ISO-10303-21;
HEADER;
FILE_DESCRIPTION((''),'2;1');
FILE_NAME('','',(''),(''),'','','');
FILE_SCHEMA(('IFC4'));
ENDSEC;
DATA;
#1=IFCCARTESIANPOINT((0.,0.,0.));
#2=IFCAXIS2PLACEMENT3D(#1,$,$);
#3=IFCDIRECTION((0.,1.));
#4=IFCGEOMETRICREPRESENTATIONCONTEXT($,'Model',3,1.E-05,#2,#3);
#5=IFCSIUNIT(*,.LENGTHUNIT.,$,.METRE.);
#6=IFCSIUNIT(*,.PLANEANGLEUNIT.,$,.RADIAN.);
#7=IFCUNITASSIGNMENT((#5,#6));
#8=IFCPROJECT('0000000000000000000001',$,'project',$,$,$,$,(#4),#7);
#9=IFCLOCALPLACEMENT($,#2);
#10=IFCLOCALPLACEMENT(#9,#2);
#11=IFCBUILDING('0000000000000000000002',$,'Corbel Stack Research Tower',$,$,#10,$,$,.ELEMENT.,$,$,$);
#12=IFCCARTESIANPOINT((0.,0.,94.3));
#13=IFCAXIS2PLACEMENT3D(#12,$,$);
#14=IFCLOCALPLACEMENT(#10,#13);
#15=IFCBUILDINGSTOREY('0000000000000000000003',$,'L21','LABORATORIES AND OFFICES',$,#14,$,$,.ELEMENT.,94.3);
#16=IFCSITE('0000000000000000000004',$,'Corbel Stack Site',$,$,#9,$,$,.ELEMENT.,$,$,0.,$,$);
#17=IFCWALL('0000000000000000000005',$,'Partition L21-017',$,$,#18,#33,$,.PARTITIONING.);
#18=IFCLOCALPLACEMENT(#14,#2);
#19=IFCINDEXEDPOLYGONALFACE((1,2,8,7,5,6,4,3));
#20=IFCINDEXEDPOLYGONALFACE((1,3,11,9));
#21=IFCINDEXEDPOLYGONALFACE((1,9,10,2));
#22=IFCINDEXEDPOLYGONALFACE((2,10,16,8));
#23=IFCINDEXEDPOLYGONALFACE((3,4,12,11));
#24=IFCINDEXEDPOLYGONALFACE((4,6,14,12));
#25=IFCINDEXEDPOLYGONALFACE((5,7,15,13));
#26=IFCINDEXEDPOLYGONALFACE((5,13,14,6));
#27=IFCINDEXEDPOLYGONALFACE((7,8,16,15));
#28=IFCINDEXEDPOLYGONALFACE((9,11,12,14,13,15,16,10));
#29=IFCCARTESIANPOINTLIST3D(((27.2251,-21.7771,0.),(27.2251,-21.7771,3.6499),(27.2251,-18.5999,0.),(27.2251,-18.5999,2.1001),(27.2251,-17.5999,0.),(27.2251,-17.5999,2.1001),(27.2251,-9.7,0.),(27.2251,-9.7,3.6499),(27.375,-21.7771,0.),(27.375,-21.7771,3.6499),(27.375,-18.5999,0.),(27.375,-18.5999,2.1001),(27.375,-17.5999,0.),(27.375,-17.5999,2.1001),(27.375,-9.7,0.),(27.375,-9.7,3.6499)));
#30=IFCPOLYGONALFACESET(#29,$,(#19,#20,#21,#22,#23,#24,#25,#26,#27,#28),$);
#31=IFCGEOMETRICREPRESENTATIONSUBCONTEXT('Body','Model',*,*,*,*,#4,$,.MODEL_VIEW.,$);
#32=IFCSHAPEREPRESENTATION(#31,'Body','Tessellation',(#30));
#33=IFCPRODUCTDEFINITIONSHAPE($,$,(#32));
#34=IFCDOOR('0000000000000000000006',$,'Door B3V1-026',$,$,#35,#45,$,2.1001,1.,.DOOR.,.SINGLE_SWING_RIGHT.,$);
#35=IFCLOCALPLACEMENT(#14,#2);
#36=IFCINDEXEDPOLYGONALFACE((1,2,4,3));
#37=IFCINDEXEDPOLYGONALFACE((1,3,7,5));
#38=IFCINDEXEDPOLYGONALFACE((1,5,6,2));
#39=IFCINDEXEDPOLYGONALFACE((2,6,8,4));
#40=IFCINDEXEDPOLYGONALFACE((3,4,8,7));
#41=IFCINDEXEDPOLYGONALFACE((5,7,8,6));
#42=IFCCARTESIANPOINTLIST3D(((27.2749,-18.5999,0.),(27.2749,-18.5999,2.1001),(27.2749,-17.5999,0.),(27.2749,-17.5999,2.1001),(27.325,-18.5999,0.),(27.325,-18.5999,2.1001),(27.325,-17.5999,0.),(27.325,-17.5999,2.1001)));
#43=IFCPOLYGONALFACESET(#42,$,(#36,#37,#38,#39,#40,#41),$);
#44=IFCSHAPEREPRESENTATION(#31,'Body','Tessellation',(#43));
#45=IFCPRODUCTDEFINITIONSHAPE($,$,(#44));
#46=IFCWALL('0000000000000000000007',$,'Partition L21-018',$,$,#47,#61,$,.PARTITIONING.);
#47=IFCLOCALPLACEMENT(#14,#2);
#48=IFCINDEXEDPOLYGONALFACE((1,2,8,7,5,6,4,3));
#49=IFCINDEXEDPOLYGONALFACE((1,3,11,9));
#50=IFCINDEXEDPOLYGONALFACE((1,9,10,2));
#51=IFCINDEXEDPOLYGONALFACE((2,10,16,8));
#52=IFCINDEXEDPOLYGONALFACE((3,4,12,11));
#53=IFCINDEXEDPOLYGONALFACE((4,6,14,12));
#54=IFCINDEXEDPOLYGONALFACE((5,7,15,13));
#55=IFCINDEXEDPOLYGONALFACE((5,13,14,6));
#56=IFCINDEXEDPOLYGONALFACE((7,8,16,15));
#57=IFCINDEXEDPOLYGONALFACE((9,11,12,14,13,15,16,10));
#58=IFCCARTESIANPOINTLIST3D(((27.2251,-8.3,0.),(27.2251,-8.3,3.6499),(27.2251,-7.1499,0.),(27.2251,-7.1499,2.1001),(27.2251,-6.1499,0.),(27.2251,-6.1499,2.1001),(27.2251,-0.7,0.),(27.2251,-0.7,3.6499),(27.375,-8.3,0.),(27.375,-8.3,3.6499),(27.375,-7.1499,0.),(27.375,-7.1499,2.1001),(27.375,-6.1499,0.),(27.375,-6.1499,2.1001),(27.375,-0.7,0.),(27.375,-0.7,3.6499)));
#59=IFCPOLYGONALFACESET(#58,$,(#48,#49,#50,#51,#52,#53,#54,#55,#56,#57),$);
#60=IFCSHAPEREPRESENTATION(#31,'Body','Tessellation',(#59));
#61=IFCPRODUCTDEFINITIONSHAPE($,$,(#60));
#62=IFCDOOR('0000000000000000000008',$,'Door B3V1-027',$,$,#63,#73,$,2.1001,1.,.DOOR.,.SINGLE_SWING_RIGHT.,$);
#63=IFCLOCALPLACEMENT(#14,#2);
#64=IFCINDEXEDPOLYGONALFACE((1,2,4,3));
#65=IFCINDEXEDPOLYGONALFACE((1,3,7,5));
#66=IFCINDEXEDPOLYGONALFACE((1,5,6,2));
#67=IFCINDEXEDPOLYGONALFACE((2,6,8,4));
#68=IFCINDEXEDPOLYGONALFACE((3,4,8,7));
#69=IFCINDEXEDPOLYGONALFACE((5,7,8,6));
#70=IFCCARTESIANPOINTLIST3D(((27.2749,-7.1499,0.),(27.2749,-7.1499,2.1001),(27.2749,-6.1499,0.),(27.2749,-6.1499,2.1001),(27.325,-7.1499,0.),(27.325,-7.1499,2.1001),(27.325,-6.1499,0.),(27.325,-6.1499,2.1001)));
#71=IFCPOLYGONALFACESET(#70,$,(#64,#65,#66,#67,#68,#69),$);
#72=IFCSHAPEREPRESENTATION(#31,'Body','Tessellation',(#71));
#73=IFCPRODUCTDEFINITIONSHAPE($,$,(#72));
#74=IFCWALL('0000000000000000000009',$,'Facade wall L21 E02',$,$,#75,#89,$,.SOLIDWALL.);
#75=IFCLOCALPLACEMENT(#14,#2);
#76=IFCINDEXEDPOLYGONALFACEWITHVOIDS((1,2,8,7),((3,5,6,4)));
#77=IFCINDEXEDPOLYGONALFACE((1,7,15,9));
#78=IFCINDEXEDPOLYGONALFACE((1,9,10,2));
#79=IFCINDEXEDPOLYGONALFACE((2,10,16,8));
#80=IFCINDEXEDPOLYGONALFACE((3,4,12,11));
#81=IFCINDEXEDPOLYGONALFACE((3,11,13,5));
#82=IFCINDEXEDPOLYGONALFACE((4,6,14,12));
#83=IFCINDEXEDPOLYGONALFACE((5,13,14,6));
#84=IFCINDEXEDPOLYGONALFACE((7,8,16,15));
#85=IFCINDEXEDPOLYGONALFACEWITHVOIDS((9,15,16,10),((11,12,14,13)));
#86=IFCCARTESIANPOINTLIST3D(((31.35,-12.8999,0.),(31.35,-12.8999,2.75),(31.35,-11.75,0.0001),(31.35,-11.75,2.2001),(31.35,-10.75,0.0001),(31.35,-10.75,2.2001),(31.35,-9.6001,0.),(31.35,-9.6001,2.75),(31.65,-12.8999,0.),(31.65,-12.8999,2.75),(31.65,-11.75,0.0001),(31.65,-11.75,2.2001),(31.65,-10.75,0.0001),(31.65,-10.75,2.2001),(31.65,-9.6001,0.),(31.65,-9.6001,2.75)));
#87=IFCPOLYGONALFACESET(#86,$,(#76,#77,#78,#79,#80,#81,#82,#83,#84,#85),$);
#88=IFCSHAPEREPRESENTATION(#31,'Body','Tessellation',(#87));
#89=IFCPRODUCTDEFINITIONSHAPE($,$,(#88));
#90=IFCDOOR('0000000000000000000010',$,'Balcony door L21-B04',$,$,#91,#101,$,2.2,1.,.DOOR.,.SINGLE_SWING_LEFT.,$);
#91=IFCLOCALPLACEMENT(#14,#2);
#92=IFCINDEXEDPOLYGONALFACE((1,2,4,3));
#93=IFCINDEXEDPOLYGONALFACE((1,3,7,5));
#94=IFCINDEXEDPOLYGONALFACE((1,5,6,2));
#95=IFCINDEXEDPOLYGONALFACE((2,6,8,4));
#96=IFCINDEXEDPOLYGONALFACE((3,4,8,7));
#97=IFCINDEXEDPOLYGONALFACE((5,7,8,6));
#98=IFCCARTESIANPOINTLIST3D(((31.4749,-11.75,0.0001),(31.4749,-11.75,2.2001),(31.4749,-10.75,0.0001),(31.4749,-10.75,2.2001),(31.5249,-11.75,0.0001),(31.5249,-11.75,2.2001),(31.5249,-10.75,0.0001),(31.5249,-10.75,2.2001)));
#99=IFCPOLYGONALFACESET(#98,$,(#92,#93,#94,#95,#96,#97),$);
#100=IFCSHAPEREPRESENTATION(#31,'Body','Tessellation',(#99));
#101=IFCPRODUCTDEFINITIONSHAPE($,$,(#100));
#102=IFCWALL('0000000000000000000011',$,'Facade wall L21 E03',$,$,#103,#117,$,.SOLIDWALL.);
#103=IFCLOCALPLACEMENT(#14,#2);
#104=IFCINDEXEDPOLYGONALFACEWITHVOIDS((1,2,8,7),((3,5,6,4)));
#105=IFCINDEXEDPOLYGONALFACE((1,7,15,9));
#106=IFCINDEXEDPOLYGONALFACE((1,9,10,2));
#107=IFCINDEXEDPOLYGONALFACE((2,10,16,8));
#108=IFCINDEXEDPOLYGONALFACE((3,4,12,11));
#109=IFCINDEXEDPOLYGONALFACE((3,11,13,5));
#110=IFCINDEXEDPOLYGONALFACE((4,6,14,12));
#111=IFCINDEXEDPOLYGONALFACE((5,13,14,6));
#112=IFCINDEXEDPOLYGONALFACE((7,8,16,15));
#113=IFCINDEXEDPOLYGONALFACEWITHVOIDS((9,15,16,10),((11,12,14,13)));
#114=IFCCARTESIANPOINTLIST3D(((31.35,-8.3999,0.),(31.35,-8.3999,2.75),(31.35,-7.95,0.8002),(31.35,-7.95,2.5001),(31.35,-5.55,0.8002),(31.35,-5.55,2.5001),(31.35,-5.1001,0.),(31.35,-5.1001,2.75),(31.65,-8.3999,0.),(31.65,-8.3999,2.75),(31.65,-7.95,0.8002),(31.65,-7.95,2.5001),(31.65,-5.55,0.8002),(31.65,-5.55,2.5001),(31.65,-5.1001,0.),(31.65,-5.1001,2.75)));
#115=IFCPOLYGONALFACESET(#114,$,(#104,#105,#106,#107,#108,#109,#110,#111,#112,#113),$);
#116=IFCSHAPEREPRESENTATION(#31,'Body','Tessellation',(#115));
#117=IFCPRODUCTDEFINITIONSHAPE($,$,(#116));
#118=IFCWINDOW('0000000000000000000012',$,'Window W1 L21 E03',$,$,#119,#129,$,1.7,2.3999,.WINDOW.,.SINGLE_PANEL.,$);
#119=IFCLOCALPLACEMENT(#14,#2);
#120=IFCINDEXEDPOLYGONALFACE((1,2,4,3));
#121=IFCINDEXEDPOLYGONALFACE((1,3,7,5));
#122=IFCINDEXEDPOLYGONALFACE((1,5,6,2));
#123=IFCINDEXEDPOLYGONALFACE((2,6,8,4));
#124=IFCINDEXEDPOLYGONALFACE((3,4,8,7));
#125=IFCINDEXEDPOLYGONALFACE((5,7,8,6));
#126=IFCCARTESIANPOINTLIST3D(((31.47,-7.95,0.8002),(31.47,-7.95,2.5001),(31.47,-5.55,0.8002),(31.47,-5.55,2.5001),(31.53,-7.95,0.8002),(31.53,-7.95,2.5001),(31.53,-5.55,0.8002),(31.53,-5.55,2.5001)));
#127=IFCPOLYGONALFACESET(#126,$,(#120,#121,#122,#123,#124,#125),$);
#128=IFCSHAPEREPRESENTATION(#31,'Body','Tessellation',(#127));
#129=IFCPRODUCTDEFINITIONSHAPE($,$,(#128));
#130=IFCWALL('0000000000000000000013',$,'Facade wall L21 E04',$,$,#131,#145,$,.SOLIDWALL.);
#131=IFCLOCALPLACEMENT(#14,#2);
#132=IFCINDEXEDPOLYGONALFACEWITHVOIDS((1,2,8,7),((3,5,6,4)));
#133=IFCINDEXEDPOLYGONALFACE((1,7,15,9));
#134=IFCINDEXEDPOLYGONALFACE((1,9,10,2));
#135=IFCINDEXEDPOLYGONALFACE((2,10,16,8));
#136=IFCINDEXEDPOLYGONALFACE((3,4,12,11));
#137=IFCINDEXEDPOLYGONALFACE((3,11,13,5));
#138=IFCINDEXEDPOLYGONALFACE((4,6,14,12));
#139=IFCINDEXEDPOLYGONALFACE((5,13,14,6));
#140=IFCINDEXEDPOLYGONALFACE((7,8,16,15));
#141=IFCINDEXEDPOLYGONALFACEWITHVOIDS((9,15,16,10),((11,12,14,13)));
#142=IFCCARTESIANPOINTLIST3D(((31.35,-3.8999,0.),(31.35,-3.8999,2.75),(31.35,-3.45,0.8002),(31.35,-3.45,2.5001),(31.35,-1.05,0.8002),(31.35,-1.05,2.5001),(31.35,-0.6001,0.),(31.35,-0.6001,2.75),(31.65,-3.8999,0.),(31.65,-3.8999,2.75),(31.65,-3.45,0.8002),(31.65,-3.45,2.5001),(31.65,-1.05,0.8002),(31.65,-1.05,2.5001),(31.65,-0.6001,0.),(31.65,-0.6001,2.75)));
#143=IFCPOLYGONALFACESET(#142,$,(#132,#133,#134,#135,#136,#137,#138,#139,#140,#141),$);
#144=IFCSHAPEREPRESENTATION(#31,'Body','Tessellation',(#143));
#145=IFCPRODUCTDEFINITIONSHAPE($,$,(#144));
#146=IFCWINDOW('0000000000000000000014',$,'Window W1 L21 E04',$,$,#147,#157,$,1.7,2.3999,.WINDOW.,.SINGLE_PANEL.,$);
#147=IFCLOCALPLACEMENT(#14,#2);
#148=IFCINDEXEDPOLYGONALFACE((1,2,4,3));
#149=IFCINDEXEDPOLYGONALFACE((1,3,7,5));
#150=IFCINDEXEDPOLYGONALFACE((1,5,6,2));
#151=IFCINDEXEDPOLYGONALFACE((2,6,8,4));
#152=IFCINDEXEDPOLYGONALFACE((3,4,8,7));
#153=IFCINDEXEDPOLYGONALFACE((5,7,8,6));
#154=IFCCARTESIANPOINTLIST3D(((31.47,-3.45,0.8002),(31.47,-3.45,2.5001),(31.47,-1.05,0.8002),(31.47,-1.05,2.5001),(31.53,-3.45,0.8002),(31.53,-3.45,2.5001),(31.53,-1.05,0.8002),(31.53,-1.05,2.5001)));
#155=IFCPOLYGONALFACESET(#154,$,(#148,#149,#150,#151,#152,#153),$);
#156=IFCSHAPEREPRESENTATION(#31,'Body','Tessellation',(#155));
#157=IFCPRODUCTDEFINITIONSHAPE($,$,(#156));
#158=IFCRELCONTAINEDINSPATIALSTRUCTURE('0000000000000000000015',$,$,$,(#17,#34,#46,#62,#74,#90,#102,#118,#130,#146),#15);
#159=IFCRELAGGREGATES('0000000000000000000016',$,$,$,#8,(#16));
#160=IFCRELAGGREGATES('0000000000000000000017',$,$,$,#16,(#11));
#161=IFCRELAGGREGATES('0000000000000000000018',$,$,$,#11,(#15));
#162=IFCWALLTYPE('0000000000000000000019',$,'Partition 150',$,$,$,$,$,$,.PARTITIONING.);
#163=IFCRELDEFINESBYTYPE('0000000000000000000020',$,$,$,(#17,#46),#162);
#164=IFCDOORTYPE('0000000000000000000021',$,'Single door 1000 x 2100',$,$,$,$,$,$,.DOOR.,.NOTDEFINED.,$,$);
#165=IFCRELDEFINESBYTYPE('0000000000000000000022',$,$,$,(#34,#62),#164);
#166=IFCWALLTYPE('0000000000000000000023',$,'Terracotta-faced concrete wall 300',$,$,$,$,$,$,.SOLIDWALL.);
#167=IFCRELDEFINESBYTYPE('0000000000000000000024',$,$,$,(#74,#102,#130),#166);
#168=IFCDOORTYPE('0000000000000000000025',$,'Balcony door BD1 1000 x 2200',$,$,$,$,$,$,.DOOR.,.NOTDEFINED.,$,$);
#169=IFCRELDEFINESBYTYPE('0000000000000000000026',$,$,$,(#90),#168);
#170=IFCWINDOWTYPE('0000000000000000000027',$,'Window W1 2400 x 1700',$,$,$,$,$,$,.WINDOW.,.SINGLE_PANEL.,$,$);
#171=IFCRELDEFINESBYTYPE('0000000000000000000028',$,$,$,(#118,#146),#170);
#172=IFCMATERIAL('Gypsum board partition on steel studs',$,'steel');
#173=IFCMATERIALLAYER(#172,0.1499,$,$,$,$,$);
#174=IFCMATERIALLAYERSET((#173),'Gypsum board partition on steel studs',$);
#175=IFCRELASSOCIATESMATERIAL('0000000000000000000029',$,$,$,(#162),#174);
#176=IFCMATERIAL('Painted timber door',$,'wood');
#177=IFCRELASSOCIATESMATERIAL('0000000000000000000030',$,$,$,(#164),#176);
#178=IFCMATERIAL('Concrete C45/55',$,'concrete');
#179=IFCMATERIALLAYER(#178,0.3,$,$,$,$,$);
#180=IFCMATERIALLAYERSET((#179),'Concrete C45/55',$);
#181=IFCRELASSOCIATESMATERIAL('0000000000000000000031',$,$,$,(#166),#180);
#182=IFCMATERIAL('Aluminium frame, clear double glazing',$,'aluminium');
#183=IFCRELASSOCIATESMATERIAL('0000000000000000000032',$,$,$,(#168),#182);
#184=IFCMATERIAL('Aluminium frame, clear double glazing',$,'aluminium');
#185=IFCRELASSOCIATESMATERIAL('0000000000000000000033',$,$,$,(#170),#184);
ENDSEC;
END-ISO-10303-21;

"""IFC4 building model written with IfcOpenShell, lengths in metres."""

from ifc_helpers import new_model, si_unit, direction, frame, frame_2d, origin, place, context, subcontext, project, spatial, rectangle, extrude, material, layer, layer_set, type_object, element, fill, save


model = new_model("IFC4")

# Units and contexts
model_context = context("Model", 3, precision=1e-05, world=origin(), true_north=direction((0.0, 1.0)))
body_context = subcontext(model_context, "Body", "Model", "MODEL_VIEW")
ifc_project = project(units=[si_unit("LENGTHUNIT", "METRE"), si_unit("PLANEANGLEUNIT", "RADIAN")], contexts=[model_context])

# Site, building, storey
site_placement = place(None, origin())
site = spatial("IfcSite", under=ifc_project, at=site_placement, Name="Corbel Stack Site", CompositionType="ELEMENT", RefElevation=0.0)
building_placement = place(site_placement, origin())
building = spatial("IfcBuilding", under=site, at=building_placement, Name="Corbel Stack Research Tower", CompositionType="ELEMENT")
storey_placement = place(building_placement, frame((0.0, 0.0, 94.3)))
storey = spatial("IfcBuildingStorey", under=building, at=storey_placement, Name="L21", Description="LABORATORIES AND OFFICES", CompositionType="ELEMENT", Elevation=94.3)

# Walls, openings, doors
ifc_material_1 = material(Name="Gypsum board partition on steel studs", Category="steel")
ifc_layer_1 = layer(ifc_material_1, 0.1499)
ifc_layer_set_1 = layer_set([ifc_layer_1], Name="Gypsum board partition on steel studs")
wall_type_1 = type_object("IfcWallType", Name="Partition 150", PredefinedType="PARTITIONING", material=ifc_layer_set_1)
wall_1_placement = place(storey_placement, frame((27.3, -9.7, 0.0), z_axis=(0.0, 0.0, 1.0), x_axis=(0.0, -1.0, 0.0)))
wall_1 = element("IfcWall", 1, at=wall_1_placement, inside=storey, type_object=wall_type_1, Name="Partition L21-017", PredefinedType="PARTITIONING", context=body_context, shape_type="SweptSolid", body=[
    extrude(rectangle(XDim=12.0771, YDim=0.1499, at=frame_2d((6.0386, 0.0))), origin(), (0.0, 0.0, 1.0), 3.6499),
])
opening_1_placement = place(wall_1_placement, frame((7.8999, 0.0, 0.0)))
opening_1 = element("IfcOpeningElement", 2, at=opening_1_placement, cuts=wall_1, PredefinedType="OPENING", context=body_context, shape_type="SweptSolid", body=[
    extrude(rectangle(XDim=1.0, YDim=2.1001, at=frame_2d((0.5, 1.05))), frame((0.0, 0.085, 0.0), z_axis=(0.0, -1.0, 0.0), x_axis=(1.0, 0.0, 0.0)), (0.0, 0.0, 1.0), 0.1699),
])
ifc_material_2 = material(Name="Painted timber door", Category="wood")
door_type_1 = type_object("IfcDoorType", Name="Single door 1000 x 2100", OperationType="NOTDEFINED", PredefinedType="DOOR", material=ifc_material_2)
door_1_placement = place(opening_1_placement, origin())
door_1 = element("IfcDoor", 3, at=door_1_placement, inside=storey, type_object=door_type_1, Name="Door B3V1-026", OperationType="SINGLE_SWING_RIGHT", OverallHeight=2.1001, OverallWidth=1.0, PredefinedType="DOOR", context=body_context, shape_type="SweptSolid", body=[
    extrude(rectangle(XDim=1.0, YDim=2.1001, at=frame_2d((0.5, 1.05))), frame((0.0, 0.0249, 0.0), z_axis=(0.0, -1.0, 0.0), x_axis=(1.0, 0.0, 0.0)), (0.0, 0.0, 1.0), 0.05),
])
fill(opening_1, door_1)
wall_2_placement = place(storey_placement, frame((27.3, -0.7, 0.0), z_axis=(0.0, 0.0, 1.0), x_axis=(0.0, -1.0, 0.0)))
wall_2 = element("IfcWall", 4, at=wall_2_placement, inside=storey, type_object=wall_type_1, Name="Partition L21-018", PredefinedType="PARTITIONING", context=body_context, shape_type="SweptSolid", body=[
    extrude(rectangle(XDim=7.6001, YDim=0.1499, at=frame_2d((3.8, 0.0))), origin(), (0.0, 0.0, 1.0), 3.6499),
])
opening_2_placement = place(wall_2_placement, frame((5.45, 0.0, 0.0)))
opening_2 = element("IfcOpeningElement", 5, at=opening_2_placement, cuts=wall_2, PredefinedType="OPENING", context=body_context, shape_type="SweptSolid", body=[
    extrude(rectangle(XDim=1.0, YDim=2.1001, at=frame_2d((0.5, 1.05))), frame((0.0, 0.085, 0.0), z_axis=(0.0, -1.0, 0.0), x_axis=(1.0, 0.0, 0.0)), (0.0, 0.0, 1.0), 0.1699),
])
door_2_placement = place(opening_2_placement, origin())
door_2 = element("IfcDoor", 6, at=door_2_placement, inside=storey, type_object=door_type_1, Name="Door B3V1-027", OperationType="SINGLE_SWING_RIGHT", OverallHeight=2.1001, OverallWidth=1.0, PredefinedType="DOOR", context=body_context, shape_type="SweptSolid", body=[
    extrude(rectangle(XDim=1.0, YDim=2.1001, at=frame_2d((0.5, 1.05))), frame((0.0, 0.0249, 0.0), z_axis=(0.0, -1.0, 0.0), x_axis=(1.0, 0.0, 0.0)), (0.0, 0.0, 1.0), 0.05),
])
fill(opening_2, door_2)
ifc_material_3 = material(Name="Concrete C45/55", Category="concrete")
ifc_layer_2 = layer(ifc_material_3, 0.3)
ifc_layer_set_2 = layer_set([ifc_layer_2], Name="Concrete C45/55")
wall_type_2 = type_object("IfcWallType", Name="Terracotta-faced concrete wall 300", PredefinedType="SOLIDWALL", material=ifc_layer_set_2)
wall_3_placement = place(storey_placement, frame((31.5, -9.6001, 0.0), z_axis=(0.0, 0.0, 1.0), x_axis=(0.0, -1.0, 0.0)))
wall_3 = element("IfcWall", 7, at=wall_3_placement, inside=storey, type_object=wall_type_2, Name="Facade wall L21 E02", PredefinedType="SOLIDWALL", context=body_context, shape_type="SweptSolid", body=[
    extrude(rectangle(XDim=3.2998, YDim=0.3, at=frame_2d((1.6499, 0.0))), origin(), (0.0, 0.0, 1.0), 2.75),
])
opening_3_placement = place(wall_3_placement, frame((1.1499, 0.0, 0.0)))
opening_3 = element("IfcOpeningElement", 8, at=opening_3_placement, cuts=wall_3, PredefinedType="OPENING", context=body_context, shape_type="SweptSolid", body=[
    extrude(rectangle(XDim=1.0, YDim=2.2, at=frame_2d((0.5, 1.1001))), frame((0.0, 0.1599, 0.0), z_axis=(0.0, -1.0, 0.0), x_axis=(1.0, 0.0, 0.0)), (0.0, 0.0, 1.0), 0.3201),
])
ifc_material_4 = material(Name="Aluminium frame, clear double glazing", Category="aluminium")
door_type_2 = type_object("IfcDoorType", Name="Balcony door BD1 1000 x 2200", OperationType="NOTDEFINED", PredefinedType="DOOR", material=ifc_material_4)
door_3_placement = place(opening_3_placement, origin())
door_3 = element("IfcDoor", 9, at=door_3_placement, inside=storey, type_object=door_type_2, Name="Balcony door L21-B04", OperationType="SINGLE_SWING_LEFT", OverallHeight=2.2, OverallWidth=1.0, PredefinedType="DOOR", context=body_context, shape_type="SweptSolid", body=[
    extrude(rectangle(XDim=1.0, YDim=2.2, at=frame_2d((0.5, 1.1001))), frame((0.0, 0.0249, 0.0), z_axis=(0.0, -1.0, 0.0), x_axis=(1.0, 0.0, 0.0)), (0.0, 0.0, 1.0), 0.05),
])
fill(opening_3, door_3)

# Walls, openings, windows
wall_4_placement = place(storey_placement, frame((31.5, -5.1001, 0.0), z_axis=(0.0, 0.0, 1.0), x_axis=(0.0, -1.0, 0.0)))
wall_4 = element("IfcWall", 10, at=wall_4_placement, inside=storey, type_object=wall_type_2, Name="Facade wall L21 E03", PredefinedType="SOLIDWALL", context=body_context, shape_type="SweptSolid", body=[
    extrude(rectangle(XDim=3.2998, YDim=0.3, at=frame_2d((1.6499, 0.0))), origin(), (0.0, 0.0, 1.0), 2.75),
])
opening_4_placement = place(wall_4_placement, frame((0.45, 0.0, 0.8)))
opening_4 = element("IfcOpeningElement", 11, at=opening_4_placement, cuts=wall_4, PredefinedType="OPENING", context=body_context, shape_type="SweptSolid", body=[
    extrude(rectangle(XDim=2.3999, YDim=1.7, at=frame_2d((1.2, 0.8501))), frame((0.0, 0.1599, 0.0), z_axis=(0.0, -1.0, 0.0), x_axis=(1.0, 0.0, 0.0)), (0.0, 0.0, 1.0), 0.3201),
])
ifc_material_5 = material(Name="Aluminium frame, clear double glazing", Category="aluminium")
window_type = type_object("IfcWindowType", Name="Window W1 2400 x 1700", PartitioningType="SINGLE_PANEL", PredefinedType="WINDOW", material=ifc_material_5)
window_1_placement = place(opening_4_placement, origin())
window_1 = element("IfcWindow", 12, at=window_1_placement, inside=storey, type_object=window_type, Name="Window W1 L21 E03", OverallHeight=1.7, OverallWidth=2.3999, PartitioningType="SINGLE_PANEL", PredefinedType="WINDOW", context=body_context, shape_type="SweptSolid", body=[
    extrude(rectangle(XDim=2.3999, YDim=1.7, at=frame_2d((1.2, 0.8501))), frame((0.0, 0.03, 0.0), z_axis=(0.0, -1.0, 0.0), x_axis=(1.0, 0.0, 0.0)), (0.0, 0.0, 1.0), 0.0601),
])
fill(opening_4, window_1)
wall_5_placement = place(storey_placement, frame((31.5, -0.6001, 0.0), z_axis=(0.0, 0.0, 1.0), x_axis=(0.0, -1.0, 0.0)))
wall_5 = element("IfcWall", 13, at=wall_5_placement, inside=storey, type_object=wall_type_2, Name="Facade wall L21 E04", PredefinedType="SOLIDWALL", context=body_context, shape_type="SweptSolid", body=[
    extrude(rectangle(XDim=3.2998, YDim=0.3, at=frame_2d((1.6499, 0.0))), origin(), (0.0, 0.0, 1.0), 2.75),
])
opening_5_placement = place(wall_5_placement, frame((0.45, 0.0, 0.8)))
opening_5 = element("IfcOpeningElement", 14, at=opening_5_placement, cuts=wall_5, PredefinedType="OPENING", context=body_context, shape_type="SweptSolid", body=[
    extrude(rectangle(XDim=2.3999, YDim=1.7, at=frame_2d((1.2, 0.8501))), frame((0.0, 0.1599, 0.0), z_axis=(0.0, -1.0, 0.0), x_axis=(1.0, 0.0, 0.0)), (0.0, 0.0, 1.0), 0.3201),
])
window_2_placement = place(opening_5_placement, origin())
window_2 = element("IfcWindow", 15, at=window_2_placement, inside=storey, type_object=window_type, Name="Window W1 L21 E04", OverallHeight=1.7, OverallWidth=2.3999, PartitioningType="SINGLE_PANEL", PredefinedType="WINDOW", context=body_context, shape_type="SweptSolid", body=[
    extrude(rectangle(XDim=2.3999, YDim=1.7, at=frame_2d((1.2, 0.8501))), frame((0.0, 0.03, 0.0), z_axis=(0.0, -1.0, 0.0), x_axis=(1.0, 0.0, 0.0)), (0.0, 0.0, 1.0), 0.0601),
])
fill(opening_5, window_2)

save(model, "model.ifc")
